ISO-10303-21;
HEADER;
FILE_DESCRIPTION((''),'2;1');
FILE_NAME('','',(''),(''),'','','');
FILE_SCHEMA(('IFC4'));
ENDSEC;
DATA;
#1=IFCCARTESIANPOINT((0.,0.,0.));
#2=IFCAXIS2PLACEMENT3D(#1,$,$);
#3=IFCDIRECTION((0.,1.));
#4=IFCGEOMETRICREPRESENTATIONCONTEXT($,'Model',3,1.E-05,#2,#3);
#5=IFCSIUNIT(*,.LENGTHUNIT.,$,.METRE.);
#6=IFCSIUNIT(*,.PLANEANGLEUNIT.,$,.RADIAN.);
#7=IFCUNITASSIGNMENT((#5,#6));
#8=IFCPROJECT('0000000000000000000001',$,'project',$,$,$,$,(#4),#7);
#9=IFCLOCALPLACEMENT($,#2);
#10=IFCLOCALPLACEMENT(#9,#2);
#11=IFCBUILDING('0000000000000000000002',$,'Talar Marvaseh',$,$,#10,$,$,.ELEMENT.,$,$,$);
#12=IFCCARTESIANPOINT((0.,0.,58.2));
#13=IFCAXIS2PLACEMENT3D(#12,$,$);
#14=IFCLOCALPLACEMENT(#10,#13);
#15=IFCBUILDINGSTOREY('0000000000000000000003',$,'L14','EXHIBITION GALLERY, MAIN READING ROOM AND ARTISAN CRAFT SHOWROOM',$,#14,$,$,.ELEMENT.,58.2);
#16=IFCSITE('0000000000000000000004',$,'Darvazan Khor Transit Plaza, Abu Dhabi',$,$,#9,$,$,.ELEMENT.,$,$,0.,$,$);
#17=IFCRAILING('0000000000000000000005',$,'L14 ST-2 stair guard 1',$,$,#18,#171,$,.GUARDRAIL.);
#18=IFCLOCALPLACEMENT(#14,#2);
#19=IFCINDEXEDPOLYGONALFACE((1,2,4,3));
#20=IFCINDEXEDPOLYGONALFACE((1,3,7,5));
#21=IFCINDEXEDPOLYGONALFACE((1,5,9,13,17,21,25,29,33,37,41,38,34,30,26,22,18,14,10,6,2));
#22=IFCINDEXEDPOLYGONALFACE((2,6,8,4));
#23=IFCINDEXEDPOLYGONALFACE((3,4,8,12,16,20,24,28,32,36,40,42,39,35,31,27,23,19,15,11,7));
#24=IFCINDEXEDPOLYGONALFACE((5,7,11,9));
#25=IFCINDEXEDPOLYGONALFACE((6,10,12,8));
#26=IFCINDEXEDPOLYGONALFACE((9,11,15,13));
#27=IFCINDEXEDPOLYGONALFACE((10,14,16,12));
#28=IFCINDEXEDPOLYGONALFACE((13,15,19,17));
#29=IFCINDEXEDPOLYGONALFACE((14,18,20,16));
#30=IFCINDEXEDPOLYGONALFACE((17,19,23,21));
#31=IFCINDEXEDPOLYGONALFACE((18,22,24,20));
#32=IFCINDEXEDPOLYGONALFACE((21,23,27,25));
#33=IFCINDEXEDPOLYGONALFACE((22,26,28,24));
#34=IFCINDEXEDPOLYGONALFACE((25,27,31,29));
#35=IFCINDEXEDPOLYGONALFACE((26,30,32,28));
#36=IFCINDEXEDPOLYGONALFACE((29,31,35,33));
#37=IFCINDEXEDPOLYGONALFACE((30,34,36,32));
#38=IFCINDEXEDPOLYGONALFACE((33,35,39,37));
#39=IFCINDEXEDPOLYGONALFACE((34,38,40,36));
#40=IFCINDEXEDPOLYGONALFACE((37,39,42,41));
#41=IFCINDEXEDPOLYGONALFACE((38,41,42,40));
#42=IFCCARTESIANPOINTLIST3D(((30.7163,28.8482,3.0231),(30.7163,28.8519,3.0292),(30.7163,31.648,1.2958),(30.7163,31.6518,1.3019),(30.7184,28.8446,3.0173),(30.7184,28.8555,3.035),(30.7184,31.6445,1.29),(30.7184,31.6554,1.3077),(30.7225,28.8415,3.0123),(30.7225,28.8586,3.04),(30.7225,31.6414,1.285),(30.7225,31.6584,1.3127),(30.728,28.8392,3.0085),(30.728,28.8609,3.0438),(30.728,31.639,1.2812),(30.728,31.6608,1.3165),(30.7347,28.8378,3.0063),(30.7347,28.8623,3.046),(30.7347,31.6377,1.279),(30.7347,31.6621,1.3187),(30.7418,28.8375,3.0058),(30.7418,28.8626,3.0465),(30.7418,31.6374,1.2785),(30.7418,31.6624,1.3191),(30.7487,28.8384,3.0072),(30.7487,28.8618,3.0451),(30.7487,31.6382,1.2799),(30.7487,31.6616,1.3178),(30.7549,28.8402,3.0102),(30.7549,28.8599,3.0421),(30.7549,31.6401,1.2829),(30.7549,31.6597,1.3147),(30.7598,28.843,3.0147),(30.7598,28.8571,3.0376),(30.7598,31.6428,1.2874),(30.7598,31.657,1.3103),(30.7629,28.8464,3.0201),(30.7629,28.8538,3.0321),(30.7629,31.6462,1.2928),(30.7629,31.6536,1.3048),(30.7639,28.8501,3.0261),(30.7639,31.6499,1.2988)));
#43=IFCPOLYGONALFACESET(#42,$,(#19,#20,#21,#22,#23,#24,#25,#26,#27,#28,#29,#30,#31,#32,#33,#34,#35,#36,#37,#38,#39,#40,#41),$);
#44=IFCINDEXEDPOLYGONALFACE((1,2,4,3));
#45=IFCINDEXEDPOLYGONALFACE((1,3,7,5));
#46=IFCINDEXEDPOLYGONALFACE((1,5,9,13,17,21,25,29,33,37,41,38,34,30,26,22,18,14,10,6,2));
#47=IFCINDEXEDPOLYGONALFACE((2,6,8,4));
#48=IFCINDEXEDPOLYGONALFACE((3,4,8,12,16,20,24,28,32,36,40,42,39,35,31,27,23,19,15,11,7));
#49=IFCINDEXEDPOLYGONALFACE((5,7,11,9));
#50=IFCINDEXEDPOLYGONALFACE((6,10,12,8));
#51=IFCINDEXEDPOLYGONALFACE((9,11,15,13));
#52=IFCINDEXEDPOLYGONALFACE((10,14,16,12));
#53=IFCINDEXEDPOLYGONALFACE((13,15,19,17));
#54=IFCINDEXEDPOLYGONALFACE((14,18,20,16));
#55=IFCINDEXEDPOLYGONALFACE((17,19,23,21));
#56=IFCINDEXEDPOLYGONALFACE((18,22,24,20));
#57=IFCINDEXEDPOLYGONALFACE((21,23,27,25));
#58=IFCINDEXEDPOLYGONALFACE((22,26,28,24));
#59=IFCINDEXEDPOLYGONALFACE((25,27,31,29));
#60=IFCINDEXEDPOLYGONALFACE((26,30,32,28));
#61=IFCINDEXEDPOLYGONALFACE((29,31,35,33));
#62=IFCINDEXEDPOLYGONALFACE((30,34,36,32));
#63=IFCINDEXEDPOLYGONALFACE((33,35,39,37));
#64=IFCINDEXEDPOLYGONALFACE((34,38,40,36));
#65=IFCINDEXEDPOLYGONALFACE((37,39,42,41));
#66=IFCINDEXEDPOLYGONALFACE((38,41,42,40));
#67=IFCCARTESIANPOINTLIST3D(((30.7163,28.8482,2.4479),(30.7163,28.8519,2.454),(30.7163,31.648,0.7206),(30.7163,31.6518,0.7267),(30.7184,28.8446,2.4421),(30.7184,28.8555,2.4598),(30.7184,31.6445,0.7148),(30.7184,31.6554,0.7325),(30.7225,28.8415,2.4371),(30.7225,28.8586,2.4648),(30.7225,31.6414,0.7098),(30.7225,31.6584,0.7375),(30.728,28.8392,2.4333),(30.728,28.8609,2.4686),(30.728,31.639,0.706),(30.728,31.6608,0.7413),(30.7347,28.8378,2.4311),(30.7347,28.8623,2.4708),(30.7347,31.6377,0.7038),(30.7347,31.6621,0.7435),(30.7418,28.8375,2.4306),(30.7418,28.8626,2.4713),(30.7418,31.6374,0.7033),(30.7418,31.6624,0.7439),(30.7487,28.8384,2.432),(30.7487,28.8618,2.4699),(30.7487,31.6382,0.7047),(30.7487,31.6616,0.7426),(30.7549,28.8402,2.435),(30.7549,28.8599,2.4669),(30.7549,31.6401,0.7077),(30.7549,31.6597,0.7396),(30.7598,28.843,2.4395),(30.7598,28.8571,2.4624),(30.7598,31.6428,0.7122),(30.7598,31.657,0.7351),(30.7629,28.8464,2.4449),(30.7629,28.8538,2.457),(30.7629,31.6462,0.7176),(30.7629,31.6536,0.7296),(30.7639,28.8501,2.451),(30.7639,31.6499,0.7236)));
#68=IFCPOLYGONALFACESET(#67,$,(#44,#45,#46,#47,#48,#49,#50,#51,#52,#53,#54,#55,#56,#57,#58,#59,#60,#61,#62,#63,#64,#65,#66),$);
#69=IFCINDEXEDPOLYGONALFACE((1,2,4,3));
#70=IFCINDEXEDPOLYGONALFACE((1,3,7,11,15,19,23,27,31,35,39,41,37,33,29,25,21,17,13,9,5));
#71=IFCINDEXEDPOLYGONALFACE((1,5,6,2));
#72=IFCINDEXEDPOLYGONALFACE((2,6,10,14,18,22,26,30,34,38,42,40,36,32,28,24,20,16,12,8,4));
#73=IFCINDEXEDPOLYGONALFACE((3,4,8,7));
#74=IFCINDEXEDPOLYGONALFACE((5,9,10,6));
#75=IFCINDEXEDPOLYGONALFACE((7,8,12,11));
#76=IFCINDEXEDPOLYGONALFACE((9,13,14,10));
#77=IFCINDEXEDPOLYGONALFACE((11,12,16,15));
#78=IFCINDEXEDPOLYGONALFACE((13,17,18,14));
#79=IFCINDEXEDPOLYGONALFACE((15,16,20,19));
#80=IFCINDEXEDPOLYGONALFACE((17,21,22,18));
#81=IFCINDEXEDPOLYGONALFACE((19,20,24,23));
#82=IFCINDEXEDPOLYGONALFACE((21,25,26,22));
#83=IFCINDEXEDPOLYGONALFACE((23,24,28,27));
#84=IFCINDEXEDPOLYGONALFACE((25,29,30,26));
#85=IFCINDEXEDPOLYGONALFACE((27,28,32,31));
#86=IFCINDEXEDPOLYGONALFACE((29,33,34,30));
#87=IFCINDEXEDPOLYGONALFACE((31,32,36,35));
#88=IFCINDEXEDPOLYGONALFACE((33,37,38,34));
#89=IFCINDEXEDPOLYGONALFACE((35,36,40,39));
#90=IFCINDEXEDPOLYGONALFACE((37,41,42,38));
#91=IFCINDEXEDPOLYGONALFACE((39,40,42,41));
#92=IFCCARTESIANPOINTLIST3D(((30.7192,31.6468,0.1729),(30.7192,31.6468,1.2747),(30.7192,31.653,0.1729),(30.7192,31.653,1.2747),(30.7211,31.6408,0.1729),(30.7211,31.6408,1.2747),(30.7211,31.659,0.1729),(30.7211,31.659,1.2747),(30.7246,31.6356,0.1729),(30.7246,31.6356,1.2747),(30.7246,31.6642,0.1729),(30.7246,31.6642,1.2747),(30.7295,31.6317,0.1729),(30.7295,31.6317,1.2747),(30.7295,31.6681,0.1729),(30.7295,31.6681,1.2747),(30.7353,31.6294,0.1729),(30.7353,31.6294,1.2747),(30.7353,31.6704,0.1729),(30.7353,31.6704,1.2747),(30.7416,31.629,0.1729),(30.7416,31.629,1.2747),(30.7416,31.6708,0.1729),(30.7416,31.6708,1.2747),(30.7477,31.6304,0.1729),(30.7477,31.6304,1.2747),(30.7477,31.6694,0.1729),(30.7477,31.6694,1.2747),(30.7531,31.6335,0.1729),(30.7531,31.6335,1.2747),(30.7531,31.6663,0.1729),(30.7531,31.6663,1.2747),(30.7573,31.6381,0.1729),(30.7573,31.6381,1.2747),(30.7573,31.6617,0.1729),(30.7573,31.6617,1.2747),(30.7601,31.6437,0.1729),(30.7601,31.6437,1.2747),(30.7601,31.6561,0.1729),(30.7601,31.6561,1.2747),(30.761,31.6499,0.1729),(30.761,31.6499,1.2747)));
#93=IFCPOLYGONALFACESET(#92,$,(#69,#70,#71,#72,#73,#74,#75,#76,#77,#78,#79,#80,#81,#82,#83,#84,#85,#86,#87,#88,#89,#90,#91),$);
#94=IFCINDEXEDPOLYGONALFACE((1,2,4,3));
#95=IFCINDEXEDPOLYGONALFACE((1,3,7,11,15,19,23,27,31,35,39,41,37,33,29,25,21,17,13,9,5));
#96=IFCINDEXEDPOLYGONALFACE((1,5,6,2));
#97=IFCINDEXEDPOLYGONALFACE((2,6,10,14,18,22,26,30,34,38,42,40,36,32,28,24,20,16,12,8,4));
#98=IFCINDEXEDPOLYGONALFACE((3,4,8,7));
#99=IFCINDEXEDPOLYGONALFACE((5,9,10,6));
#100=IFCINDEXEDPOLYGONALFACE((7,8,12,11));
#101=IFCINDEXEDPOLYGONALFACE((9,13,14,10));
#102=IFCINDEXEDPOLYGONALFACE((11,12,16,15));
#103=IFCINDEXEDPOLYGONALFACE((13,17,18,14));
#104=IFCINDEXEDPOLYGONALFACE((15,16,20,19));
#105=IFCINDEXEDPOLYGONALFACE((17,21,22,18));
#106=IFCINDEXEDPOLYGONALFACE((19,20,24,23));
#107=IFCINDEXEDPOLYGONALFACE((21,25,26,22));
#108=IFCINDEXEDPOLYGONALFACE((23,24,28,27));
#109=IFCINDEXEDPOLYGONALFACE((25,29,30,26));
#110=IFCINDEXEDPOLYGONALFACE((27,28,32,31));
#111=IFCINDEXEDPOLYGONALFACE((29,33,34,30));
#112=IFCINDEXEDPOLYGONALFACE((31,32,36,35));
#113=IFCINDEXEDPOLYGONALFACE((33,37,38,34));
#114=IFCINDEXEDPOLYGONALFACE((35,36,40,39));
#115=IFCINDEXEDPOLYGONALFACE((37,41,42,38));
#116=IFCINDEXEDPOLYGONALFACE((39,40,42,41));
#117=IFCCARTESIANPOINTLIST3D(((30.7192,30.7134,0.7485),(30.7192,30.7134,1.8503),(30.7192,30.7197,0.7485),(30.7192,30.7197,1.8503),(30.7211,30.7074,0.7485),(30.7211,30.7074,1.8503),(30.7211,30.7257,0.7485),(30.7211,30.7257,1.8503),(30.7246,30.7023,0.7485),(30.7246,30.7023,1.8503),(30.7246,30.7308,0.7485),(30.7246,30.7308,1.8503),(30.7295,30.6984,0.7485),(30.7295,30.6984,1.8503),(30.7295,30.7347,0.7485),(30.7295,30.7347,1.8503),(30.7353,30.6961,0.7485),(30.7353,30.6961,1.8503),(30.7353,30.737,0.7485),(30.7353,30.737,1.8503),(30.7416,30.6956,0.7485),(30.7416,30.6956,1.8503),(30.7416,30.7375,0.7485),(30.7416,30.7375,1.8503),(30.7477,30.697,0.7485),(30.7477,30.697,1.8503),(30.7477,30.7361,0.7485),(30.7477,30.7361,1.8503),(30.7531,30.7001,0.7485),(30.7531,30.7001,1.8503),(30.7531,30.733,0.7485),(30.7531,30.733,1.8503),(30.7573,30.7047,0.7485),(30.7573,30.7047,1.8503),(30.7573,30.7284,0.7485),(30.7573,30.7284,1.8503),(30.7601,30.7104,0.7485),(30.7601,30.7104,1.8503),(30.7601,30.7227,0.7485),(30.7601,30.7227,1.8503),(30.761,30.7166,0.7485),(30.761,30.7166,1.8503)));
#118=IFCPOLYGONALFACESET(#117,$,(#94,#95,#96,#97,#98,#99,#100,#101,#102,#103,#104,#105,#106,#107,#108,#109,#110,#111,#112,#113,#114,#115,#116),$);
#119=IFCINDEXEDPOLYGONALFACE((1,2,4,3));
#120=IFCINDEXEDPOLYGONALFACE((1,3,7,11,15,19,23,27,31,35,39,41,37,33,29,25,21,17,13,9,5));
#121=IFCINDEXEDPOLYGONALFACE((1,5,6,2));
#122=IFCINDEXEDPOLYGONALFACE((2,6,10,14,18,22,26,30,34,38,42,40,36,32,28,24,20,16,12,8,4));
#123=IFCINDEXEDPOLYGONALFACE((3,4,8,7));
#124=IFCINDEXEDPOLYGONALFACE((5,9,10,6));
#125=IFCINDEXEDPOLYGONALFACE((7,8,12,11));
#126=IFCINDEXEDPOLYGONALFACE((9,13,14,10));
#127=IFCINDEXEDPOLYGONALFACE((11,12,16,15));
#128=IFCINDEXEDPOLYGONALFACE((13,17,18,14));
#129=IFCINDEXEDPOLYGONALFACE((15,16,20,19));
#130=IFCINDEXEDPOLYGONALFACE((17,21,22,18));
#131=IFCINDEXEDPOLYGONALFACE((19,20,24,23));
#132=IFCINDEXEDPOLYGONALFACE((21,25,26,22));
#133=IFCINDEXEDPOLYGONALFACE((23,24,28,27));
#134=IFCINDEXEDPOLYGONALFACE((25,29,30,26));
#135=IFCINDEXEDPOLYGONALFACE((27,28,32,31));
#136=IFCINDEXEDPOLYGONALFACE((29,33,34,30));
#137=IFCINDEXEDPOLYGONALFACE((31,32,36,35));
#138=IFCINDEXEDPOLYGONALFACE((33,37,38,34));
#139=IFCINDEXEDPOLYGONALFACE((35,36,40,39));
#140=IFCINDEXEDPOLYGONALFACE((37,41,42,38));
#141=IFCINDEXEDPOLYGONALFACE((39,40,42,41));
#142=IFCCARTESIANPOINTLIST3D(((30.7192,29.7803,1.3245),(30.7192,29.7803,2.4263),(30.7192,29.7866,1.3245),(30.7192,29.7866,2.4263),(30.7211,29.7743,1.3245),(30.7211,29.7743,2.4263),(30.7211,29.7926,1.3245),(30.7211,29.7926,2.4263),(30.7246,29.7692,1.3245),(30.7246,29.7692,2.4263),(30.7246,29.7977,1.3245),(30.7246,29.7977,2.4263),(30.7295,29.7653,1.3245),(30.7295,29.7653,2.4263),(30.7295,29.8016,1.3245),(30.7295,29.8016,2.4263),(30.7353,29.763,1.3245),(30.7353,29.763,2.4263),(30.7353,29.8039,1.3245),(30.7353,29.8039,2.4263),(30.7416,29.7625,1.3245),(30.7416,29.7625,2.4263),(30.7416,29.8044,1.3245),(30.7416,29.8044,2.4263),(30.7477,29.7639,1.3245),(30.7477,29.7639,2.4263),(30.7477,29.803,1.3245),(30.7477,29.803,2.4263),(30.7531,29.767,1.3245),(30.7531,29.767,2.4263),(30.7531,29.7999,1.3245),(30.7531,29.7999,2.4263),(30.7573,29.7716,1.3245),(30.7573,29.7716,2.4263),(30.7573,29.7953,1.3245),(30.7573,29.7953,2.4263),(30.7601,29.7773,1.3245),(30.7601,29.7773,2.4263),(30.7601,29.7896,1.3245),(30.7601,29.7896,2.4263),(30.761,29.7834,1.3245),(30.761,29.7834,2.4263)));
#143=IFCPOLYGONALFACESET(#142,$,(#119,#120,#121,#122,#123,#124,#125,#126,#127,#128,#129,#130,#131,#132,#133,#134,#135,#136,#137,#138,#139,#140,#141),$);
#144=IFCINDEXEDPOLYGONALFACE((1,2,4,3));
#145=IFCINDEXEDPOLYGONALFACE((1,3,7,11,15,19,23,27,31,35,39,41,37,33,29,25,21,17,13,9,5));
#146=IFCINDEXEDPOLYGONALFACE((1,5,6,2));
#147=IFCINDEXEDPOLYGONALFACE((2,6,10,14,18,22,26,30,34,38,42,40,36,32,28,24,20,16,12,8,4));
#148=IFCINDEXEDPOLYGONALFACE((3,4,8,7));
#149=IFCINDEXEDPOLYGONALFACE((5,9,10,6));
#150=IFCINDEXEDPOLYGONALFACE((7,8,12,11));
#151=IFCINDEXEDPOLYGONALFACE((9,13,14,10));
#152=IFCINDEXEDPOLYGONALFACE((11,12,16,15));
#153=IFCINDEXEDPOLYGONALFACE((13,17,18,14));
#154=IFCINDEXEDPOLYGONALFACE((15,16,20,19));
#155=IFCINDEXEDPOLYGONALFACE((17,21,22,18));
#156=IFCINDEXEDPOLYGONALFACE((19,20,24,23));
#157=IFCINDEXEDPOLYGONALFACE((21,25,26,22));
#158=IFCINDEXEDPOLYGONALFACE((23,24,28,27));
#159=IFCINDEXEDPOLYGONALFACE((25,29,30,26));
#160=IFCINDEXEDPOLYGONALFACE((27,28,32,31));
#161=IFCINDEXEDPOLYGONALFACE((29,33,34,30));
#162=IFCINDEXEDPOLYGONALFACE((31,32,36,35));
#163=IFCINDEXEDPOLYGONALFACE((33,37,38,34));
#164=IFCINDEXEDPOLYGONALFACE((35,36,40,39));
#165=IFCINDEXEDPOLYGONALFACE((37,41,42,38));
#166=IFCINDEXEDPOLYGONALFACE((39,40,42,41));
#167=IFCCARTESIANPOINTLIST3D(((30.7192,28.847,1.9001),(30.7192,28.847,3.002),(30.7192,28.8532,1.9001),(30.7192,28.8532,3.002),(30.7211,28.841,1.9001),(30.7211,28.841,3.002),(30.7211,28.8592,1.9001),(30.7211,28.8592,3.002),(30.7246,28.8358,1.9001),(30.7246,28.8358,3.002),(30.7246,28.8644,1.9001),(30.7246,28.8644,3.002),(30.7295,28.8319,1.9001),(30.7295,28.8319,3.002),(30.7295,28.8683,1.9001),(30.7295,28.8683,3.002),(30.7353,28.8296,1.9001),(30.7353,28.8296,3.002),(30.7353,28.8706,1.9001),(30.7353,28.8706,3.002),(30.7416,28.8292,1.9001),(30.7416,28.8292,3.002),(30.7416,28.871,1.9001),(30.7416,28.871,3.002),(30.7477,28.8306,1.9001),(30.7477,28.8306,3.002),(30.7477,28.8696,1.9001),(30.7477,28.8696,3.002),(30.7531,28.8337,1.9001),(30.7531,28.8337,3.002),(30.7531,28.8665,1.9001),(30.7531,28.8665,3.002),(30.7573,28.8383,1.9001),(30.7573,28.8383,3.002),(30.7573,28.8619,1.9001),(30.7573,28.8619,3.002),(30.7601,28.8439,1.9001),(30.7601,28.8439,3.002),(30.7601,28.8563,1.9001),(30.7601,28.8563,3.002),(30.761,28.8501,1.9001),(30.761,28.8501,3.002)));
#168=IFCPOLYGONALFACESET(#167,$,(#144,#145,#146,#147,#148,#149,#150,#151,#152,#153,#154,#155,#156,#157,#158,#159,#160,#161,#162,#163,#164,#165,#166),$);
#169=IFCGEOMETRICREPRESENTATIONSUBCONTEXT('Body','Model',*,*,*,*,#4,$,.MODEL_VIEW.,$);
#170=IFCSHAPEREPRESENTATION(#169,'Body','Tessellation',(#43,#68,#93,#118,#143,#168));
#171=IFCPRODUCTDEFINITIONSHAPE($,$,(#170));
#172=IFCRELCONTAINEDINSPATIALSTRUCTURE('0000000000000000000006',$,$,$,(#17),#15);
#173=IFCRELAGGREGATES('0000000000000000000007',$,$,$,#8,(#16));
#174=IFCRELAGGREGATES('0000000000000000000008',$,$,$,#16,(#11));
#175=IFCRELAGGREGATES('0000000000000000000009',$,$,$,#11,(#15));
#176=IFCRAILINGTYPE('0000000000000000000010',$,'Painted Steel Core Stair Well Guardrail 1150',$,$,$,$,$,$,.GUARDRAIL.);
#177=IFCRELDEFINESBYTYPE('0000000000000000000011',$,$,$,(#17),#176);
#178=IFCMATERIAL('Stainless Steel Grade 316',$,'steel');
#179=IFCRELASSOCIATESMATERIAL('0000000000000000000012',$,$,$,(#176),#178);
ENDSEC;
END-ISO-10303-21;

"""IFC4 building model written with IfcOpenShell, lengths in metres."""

from ifc_helpers import new_model, si_unit, direction, frame, origin, origin_2d, place, context, subcontext, project, spatial, circle, extrude, material, type_object, element, save


model = new_model("IFC4")

# Units and contexts
model_context = context("Model", 3, precision=1e-05, world=origin(), true_north=direction((0.0, 1.0)))
body_context = subcontext(model_context, "Body", "Model", "MODEL_VIEW")
ifc_project = project(units=[si_unit("LENGTHUNIT", "METRE"), si_unit("PLANEANGLEUNIT", "RADIAN")], contexts=[model_context])

# Site, building, storey
site_placement = place(None, origin())
site = spatial("IfcSite", under=ifc_project, at=site_placement, Name="Darvazan Khor Transit Plaza, Abu Dhabi", CompositionType="ELEMENT", RefElevation=0.0)
building_placement = place(site_placement, origin())
building = spatial("IfcBuilding", under=site, at=building_placement, Name="Talar Marvaseh", CompositionType="ELEMENT")
storey_placement = place(building_placement, frame((0.0, 0.0, 58.2)))
storey = spatial("IfcBuildingStorey", under=building, at=storey_placement, Name="L14", Description="EXHIBITION GALLERY, MAIN READING ROOM AND ARTISAN CRAFT SHOWROOM", CompositionType="ELEMENT", Elevation=58.2)

# Shared definitions
ifc_material_1 = material(Name="Stainless Steel Grade 316", Category="steel")

# Railing
railing_type = type_object("IfcRailingType", Name="Painted Steel Core Stair Well Guardrail 1150", PredefinedType="GUARDRAIL", material=ifc_material_1)
railing_1_placement = place(storey_placement, frame((30.74, 31.6499, 0.1729)))
element("IfcRailing", 1, at=railing_1_placement, inside=storey, type_object=railing_type, Name="L14 ST-2 stair guard 1", PredefinedType="GUARDRAIL", context=body_context, shape_type="SweptSolid", body=[
    extrude(circle(Radius=0.0239, at=origin_2d()), frame((0.0, 0.0, 1.126), z_axis=(0.0, -0.851069, 0.525054), x_axis=(1.0, 0.0, 0.0)), (0.0, 0.0, 1.0), 3.2898),
    extrude(circle(Radius=0.0239, at=origin_2d()), frame((0.0, 0.0, 0.5508), z_axis=(0.0, -0.851069, 0.525054), x_axis=(1.0, 0.0, 0.0)), (0.0, 0.0, 1.0), 3.2898),
    extrude(circle(Radius=0.021, at=origin_2d()), origin(), (0.0, 0.0, 1.0), 1.1018),
    extrude(circle(Radius=0.021, at=origin_2d()), frame((0.0, -0.9333, 0.5757)), (0.0, 0.0, 1.0), 1.1018),
    extrude(circle(Radius=0.021, at=origin_2d()), frame((0.0, -1.8665, 1.1516)), (0.0, 0.0, 1.0), 1.1018),
    extrude(circle(Radius=0.021, at=origin_2d()), frame((0.0, -2.7998, 1.7273)), (0.0, 0.0, 1.0), 1.1018),
])

save(model, "model.ifc")
